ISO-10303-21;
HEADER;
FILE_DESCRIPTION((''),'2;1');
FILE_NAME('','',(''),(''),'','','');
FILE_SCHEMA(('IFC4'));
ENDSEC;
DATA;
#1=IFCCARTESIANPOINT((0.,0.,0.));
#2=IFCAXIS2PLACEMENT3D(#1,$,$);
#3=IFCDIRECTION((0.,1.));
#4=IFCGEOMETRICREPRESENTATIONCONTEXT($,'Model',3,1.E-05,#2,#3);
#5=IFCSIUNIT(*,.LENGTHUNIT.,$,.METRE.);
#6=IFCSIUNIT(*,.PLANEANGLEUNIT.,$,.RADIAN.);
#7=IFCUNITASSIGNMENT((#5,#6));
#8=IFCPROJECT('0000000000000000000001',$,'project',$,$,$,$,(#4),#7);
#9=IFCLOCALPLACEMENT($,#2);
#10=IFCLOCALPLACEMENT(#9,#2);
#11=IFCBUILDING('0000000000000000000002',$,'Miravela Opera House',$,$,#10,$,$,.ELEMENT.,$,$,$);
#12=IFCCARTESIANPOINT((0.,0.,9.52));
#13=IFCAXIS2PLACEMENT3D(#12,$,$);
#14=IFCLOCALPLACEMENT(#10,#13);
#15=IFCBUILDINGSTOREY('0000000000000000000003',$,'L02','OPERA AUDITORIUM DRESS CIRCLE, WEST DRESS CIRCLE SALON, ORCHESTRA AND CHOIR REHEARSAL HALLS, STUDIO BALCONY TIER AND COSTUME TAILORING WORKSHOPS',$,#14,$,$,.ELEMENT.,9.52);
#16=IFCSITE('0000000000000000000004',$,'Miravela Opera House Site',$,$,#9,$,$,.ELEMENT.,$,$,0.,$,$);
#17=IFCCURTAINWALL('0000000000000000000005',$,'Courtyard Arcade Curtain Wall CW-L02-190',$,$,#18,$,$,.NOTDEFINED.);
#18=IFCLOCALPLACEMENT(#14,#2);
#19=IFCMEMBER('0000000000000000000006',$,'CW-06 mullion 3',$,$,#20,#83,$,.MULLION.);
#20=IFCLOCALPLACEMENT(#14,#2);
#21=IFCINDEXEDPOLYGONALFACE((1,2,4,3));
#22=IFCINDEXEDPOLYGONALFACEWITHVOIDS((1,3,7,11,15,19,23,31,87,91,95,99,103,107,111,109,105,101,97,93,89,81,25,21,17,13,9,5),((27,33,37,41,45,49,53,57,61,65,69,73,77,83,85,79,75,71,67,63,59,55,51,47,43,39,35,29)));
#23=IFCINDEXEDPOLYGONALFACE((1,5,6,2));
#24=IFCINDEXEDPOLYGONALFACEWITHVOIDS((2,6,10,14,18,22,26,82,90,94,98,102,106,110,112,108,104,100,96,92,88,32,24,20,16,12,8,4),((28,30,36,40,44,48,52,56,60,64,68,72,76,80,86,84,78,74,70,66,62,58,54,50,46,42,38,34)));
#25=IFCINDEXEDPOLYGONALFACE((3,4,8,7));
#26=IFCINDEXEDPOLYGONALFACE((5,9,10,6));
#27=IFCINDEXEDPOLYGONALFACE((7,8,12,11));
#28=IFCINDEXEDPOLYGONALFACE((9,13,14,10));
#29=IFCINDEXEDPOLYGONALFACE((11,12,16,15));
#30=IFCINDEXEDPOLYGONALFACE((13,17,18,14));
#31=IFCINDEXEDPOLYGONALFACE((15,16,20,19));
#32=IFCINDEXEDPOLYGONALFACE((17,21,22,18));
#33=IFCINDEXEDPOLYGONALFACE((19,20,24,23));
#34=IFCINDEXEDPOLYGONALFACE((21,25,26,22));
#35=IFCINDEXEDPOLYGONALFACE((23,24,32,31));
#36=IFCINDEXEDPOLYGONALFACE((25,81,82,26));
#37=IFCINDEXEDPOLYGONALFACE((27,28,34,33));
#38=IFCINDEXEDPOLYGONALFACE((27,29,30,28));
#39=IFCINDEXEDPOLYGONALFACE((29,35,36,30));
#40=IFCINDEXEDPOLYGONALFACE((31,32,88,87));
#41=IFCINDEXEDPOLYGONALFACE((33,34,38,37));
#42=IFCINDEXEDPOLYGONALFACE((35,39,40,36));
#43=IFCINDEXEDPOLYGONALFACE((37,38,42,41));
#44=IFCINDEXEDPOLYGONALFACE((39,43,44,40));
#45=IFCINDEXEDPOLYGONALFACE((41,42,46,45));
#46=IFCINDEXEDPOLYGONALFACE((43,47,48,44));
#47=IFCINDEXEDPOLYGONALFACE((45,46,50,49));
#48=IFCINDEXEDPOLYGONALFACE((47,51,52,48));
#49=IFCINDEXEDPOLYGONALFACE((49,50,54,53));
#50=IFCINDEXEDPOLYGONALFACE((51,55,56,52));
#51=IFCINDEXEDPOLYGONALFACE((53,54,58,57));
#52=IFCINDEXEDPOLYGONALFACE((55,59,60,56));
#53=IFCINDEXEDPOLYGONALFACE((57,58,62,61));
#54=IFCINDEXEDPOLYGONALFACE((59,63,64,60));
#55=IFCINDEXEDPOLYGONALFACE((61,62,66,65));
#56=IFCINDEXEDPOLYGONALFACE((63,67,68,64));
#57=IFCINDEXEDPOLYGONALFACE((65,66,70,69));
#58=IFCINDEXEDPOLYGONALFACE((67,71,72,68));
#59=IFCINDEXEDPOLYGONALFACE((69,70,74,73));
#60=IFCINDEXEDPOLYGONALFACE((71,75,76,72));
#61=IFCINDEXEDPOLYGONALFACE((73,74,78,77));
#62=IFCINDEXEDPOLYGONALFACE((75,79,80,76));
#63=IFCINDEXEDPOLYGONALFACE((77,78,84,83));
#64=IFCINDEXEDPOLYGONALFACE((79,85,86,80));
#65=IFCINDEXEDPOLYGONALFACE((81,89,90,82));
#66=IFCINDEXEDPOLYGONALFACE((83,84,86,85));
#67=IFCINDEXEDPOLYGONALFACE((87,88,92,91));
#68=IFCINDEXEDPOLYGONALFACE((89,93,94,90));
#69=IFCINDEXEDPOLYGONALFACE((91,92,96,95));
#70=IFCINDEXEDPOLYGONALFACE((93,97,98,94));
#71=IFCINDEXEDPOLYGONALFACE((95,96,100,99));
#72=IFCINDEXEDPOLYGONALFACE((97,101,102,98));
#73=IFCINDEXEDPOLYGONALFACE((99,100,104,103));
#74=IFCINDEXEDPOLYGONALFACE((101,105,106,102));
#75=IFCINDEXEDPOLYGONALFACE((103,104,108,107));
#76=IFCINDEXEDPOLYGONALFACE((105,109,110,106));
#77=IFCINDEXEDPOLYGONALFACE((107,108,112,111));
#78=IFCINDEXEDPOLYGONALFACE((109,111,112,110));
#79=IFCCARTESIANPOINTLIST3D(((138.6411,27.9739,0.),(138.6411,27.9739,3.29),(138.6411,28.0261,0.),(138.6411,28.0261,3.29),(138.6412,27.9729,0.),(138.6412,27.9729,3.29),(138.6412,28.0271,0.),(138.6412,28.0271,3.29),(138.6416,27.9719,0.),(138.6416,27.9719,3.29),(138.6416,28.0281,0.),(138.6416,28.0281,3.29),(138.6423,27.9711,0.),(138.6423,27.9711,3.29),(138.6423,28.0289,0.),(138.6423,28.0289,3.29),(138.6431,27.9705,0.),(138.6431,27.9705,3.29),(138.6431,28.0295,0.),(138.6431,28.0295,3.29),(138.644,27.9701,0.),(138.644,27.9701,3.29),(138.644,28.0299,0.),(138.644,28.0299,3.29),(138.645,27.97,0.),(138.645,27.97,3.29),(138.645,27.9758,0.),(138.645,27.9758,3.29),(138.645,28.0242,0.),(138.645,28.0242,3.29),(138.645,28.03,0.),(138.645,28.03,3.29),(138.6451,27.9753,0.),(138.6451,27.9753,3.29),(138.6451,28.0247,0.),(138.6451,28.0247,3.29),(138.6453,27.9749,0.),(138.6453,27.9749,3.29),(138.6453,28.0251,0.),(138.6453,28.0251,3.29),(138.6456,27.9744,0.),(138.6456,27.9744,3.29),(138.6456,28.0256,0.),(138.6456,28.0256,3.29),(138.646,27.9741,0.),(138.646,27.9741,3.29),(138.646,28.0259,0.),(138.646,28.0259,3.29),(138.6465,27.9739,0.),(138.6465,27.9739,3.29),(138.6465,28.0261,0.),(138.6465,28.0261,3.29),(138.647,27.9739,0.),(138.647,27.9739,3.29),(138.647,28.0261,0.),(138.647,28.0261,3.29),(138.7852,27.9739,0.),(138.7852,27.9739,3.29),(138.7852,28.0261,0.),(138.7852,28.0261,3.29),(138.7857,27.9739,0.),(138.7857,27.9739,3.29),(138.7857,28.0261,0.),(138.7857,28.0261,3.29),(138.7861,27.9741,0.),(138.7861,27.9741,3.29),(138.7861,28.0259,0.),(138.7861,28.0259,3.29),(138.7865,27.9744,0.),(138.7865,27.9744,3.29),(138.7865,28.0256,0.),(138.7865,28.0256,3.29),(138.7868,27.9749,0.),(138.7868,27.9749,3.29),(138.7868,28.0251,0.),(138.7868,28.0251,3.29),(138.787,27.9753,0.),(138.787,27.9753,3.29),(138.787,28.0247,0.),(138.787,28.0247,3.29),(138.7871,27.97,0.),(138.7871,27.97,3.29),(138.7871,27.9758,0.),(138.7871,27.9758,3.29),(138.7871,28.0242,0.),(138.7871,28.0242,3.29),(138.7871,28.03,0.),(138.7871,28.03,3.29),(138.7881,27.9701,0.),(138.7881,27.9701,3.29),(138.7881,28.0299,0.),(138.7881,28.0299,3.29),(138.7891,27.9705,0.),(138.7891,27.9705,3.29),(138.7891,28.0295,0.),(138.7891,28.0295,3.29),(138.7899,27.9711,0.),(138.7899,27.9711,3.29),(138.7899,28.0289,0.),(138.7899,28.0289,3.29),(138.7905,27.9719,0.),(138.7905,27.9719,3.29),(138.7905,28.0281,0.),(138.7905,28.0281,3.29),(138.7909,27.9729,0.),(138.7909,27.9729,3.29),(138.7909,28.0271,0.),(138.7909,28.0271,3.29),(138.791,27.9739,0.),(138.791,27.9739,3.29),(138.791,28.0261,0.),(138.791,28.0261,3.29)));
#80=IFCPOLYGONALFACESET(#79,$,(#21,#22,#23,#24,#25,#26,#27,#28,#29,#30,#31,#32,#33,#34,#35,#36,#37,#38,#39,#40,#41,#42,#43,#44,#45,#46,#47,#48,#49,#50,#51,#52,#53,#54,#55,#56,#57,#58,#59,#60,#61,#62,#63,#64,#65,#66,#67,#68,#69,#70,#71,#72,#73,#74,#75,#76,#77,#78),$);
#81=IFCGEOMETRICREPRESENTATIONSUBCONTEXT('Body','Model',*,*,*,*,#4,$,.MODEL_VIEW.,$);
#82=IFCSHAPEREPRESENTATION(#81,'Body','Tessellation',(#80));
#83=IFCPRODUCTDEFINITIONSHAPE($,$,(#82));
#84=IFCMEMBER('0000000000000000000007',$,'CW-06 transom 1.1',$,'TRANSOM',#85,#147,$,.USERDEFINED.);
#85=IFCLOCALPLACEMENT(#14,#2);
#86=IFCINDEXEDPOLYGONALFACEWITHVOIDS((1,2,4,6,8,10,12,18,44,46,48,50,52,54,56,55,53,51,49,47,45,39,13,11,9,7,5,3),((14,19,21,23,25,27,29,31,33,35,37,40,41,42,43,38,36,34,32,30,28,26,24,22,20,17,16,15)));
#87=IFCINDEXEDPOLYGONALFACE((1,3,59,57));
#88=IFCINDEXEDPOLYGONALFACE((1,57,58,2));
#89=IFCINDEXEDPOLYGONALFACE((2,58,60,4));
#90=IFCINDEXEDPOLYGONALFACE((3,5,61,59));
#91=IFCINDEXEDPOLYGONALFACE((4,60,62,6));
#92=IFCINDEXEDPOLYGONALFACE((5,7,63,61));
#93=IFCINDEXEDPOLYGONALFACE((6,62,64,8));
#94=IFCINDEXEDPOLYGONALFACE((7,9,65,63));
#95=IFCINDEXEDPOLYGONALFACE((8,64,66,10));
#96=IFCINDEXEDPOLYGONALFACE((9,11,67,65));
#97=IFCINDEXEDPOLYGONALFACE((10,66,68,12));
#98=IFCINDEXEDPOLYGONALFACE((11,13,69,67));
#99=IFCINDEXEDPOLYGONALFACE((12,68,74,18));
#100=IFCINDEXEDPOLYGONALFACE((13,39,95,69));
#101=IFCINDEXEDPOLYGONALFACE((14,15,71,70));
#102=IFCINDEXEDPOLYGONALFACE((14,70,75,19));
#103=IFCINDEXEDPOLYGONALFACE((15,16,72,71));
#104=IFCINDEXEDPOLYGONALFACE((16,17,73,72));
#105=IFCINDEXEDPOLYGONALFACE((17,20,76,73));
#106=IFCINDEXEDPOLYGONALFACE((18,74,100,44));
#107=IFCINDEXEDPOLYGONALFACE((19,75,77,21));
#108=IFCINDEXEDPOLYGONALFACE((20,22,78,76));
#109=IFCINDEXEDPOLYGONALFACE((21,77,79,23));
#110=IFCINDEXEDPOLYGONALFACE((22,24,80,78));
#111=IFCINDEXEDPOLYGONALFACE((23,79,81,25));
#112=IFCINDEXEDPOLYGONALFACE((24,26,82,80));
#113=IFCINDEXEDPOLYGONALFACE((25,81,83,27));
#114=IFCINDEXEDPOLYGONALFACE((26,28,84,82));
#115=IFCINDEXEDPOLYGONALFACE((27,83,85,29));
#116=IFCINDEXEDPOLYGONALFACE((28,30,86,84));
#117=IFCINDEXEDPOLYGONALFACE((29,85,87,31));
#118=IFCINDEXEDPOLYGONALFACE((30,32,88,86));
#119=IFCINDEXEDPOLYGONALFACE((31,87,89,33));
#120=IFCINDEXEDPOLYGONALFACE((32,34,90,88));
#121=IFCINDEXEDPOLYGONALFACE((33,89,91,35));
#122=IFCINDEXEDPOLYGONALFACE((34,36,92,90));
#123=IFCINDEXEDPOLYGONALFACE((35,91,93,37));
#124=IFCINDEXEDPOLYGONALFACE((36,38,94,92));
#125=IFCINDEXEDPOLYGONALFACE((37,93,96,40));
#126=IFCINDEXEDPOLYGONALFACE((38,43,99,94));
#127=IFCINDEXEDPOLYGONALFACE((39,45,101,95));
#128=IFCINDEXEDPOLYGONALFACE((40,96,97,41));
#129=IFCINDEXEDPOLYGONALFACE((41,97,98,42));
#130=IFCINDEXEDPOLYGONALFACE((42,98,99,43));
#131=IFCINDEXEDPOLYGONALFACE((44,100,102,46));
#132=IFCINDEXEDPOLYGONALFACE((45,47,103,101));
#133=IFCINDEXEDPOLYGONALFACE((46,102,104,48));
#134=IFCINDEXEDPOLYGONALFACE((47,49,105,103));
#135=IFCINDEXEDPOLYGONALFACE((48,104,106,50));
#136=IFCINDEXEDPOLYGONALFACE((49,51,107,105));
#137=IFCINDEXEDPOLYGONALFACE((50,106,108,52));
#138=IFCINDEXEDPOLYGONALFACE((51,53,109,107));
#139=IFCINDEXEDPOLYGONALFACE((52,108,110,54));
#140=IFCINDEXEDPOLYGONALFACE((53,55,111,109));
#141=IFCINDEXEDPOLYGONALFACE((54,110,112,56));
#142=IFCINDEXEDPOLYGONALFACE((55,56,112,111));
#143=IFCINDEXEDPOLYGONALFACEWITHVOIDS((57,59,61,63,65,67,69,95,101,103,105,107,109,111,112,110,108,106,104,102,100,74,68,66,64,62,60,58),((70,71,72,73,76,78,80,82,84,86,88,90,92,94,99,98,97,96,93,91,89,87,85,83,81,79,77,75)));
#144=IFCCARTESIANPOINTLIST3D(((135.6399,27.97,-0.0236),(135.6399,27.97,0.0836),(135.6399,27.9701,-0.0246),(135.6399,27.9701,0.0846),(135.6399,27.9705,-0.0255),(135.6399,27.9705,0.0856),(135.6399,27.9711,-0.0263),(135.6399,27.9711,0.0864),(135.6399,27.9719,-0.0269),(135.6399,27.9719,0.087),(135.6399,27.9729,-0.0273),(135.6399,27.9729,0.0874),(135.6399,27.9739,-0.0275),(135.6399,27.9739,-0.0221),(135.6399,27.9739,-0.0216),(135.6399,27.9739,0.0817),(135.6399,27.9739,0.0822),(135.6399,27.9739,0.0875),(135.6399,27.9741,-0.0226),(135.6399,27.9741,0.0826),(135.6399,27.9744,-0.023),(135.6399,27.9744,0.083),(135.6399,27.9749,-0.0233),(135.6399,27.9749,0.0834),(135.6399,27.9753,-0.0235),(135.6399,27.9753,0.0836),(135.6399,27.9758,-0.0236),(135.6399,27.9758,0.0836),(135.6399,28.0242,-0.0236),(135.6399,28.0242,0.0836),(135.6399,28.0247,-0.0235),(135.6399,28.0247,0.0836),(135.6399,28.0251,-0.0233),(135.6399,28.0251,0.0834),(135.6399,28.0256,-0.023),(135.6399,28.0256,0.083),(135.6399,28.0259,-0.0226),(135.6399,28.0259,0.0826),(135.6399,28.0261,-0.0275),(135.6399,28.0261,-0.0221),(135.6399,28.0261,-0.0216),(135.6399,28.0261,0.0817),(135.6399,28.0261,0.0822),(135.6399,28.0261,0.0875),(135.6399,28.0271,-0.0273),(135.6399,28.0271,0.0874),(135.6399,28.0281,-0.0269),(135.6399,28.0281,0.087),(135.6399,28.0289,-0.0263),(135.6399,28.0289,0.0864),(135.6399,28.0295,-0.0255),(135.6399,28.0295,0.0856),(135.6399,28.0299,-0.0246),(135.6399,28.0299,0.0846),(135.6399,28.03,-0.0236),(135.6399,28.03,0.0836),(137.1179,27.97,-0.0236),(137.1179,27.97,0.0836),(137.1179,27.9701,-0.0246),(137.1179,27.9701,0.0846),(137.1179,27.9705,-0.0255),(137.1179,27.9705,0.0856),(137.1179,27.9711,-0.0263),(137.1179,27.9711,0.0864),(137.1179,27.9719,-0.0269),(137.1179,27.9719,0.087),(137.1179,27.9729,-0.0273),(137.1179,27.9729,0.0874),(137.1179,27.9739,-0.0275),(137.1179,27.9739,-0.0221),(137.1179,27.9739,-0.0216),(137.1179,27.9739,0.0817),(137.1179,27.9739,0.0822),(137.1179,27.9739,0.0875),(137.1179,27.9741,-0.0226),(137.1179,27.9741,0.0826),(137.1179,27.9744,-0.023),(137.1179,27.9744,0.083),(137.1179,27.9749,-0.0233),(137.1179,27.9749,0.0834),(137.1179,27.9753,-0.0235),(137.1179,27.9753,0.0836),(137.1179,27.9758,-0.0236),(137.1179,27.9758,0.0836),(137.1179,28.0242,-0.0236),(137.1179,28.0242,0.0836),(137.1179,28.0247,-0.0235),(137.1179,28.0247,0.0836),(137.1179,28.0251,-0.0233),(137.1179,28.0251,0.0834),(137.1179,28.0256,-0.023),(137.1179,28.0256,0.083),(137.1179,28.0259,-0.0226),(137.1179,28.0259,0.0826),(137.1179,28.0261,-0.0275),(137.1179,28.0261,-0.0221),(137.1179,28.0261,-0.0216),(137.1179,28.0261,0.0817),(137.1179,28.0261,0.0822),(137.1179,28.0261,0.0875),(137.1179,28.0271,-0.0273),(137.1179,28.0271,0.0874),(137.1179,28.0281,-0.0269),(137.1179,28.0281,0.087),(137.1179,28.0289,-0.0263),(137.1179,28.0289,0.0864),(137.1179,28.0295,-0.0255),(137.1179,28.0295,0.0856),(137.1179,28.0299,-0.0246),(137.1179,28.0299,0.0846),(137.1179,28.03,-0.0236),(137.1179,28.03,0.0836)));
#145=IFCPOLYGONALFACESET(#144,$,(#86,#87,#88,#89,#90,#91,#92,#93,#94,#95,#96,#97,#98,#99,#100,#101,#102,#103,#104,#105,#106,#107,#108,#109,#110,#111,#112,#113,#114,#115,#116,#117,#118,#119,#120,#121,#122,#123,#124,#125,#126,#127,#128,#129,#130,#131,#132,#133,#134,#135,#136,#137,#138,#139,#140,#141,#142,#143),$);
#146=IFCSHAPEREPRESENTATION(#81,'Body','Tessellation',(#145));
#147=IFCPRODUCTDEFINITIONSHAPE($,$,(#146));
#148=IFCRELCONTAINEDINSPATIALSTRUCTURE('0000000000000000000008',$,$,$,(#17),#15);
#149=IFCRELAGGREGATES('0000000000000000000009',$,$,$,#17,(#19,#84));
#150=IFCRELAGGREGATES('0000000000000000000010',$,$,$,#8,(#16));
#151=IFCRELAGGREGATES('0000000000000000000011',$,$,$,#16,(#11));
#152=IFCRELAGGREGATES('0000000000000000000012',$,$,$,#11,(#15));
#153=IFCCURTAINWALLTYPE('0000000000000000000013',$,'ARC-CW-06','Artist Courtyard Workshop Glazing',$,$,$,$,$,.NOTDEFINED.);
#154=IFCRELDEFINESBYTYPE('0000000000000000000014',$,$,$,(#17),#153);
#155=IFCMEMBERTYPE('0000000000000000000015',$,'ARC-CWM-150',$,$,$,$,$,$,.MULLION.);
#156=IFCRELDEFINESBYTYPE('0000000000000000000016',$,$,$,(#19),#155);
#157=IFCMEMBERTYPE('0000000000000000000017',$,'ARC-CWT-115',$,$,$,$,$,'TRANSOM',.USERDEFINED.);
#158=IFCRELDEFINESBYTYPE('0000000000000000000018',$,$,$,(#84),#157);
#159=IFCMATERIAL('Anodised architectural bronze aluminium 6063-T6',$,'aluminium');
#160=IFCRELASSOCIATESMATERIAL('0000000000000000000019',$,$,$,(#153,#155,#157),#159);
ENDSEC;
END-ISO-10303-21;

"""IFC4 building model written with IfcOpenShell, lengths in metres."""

from ifc_helpers import new_model, si_unit, direction, frame, origin, origin_2d, place, context, subcontext, project, spatial, hollow_rectangle, extrude, material, material_profile, profile_set, type_object, element, aggregate, save


model = new_model("IFC4")

# Units and contexts
model_context = context("Model", 3, precision=1e-05, world=origin(), true_north=direction((0.0, 1.0)))
body_context = subcontext(model_context, "Body", "Model", "MODEL_VIEW")
ifc_project = project(units=[si_unit("LENGTHUNIT", "METRE"), si_unit("PLANEANGLEUNIT", "RADIAN")], contexts=[model_context])

# Site, building, storey
site_placement = place(None, origin())
site = spatial("IfcSite", under=ifc_project, at=site_placement, Name="Miravela Opera House Site", CompositionType="ELEMENT", RefElevation=0.0)
building_placement = place(site_placement, origin())
building = spatial("IfcBuilding", under=site, at=building_placement, Name="Miravela Opera House", CompositionType="ELEMENT")
storey_placement = place(building_placement, frame((0.0, 0.0, 9.52)))
storey = spatial("IfcBuildingStorey", under=building, at=storey_placement, Name="L02", Description="OPERA AUDITORIUM DRESS CIRCLE, WEST DRESS CIRCLE SALON, ORCHESTRA AND CHOIR REHEARSAL HALLS, STUDIO BALCONY TIER AND COSTUME TAILORING WORKSHOPS", CompositionType="ELEMENT", Elevation=9.52)

# Curtain wall, members
ifc_material_1 = material(Name="Anodised architectural bronze aluminium 6063-T6", Category="aluminium")
curtain_wall_type = type_object("IfcCurtainWallType", Name="ARC-CW-06", Description="Artist Courtyard Workshop Glazing", PredefinedType="NOTDEFINED", material=ifc_material_1)
curtain_wall_placement = place(storey_placement, origin())
curtain_wall = element("IfcCurtainWall", 1, at=curtain_wall_placement, inside=storey, type_object=curtain_wall_type, Name="Courtyard Arcade Curtain Wall CW-L02-190", PredefinedType="NOTDEFINED")
ifc_material_profile_1 = material_profile(ifc_material_1, hollow_rectangle(XDim=0.0601, YDim=0.1499, WallThickness=0.0039, InnerFilletRadius=0.002, OuterFilletRadius=0.0039, at=origin_2d()), Name="CWM-60X150")
ifc_profile_set_1 = profile_set([ifc_material_profile_1])
member_type_1 = type_object("IfcMemberType", Name="ARC-CWM-150", PredefinedType="MULLION", material=ifc_profile_set_1)
member_1_placement = place(storey_placement, frame((138.7161, 28.0, 0.0), z_axis=(0.0, 0.0, 1.0), x_axis=(0.0, 1.0, 0.0)))
member_1 = element("IfcMember", 2, at=member_1_placement, type_object=member_type_1, Name="CW-06 mullion 3", PredefinedType="MULLION", context=body_context, shape_type="SweptSolid", body=[
    extrude(hollow_rectangle(XDim=0.0601, YDim=0.1499, WallThickness=0.0039, InnerFilletRadius=0.002, OuterFilletRadius=0.0039, at=origin_2d()), origin(), (0.0, 0.0, 1.0), 3.29),
])
ifc_material_profile_2 = material_profile(ifc_material_1, hollow_rectangle(XDim=0.0601, YDim=0.115, WallThickness=0.0039, InnerFilletRadius=0.002, OuterFilletRadius=0.0039, at=origin_2d()), Name="CWT-60X115")
ifc_profile_set_2 = profile_set([ifc_material_profile_2])
member_type_2 = type_object("IfcMemberType", Name="ARC-CWT-115", ElementType="TRANSOM", PredefinedType="USERDEFINED", material=ifc_profile_set_2)
member_2_placement = place(storey_placement, frame((135.6399, 28.0, 0.03), z_axis=(1.0, 0.0, 0.0), x_axis=(0.0, 1.0, 0.0)))
member_2 = element("IfcMember", 3, at=member_2_placement, type_object=member_type_2, Name="CW-06 transom 1.1", ObjectType="TRANSOM", PredefinedType="USERDEFINED", context=body_context, shape_type="SweptSolid", body=[
    extrude(hollow_rectangle(XDim=0.0601, YDim=0.115, WallThickness=0.0039, InnerFilletRadius=0.002, OuterFilletRadius=0.0039, at=origin_2d()), origin(), (0.0, 0.0, 1.0), 1.478),
])

aggregate(curtain_wall, [member_1, member_2])

save(model, "model.ifc")
